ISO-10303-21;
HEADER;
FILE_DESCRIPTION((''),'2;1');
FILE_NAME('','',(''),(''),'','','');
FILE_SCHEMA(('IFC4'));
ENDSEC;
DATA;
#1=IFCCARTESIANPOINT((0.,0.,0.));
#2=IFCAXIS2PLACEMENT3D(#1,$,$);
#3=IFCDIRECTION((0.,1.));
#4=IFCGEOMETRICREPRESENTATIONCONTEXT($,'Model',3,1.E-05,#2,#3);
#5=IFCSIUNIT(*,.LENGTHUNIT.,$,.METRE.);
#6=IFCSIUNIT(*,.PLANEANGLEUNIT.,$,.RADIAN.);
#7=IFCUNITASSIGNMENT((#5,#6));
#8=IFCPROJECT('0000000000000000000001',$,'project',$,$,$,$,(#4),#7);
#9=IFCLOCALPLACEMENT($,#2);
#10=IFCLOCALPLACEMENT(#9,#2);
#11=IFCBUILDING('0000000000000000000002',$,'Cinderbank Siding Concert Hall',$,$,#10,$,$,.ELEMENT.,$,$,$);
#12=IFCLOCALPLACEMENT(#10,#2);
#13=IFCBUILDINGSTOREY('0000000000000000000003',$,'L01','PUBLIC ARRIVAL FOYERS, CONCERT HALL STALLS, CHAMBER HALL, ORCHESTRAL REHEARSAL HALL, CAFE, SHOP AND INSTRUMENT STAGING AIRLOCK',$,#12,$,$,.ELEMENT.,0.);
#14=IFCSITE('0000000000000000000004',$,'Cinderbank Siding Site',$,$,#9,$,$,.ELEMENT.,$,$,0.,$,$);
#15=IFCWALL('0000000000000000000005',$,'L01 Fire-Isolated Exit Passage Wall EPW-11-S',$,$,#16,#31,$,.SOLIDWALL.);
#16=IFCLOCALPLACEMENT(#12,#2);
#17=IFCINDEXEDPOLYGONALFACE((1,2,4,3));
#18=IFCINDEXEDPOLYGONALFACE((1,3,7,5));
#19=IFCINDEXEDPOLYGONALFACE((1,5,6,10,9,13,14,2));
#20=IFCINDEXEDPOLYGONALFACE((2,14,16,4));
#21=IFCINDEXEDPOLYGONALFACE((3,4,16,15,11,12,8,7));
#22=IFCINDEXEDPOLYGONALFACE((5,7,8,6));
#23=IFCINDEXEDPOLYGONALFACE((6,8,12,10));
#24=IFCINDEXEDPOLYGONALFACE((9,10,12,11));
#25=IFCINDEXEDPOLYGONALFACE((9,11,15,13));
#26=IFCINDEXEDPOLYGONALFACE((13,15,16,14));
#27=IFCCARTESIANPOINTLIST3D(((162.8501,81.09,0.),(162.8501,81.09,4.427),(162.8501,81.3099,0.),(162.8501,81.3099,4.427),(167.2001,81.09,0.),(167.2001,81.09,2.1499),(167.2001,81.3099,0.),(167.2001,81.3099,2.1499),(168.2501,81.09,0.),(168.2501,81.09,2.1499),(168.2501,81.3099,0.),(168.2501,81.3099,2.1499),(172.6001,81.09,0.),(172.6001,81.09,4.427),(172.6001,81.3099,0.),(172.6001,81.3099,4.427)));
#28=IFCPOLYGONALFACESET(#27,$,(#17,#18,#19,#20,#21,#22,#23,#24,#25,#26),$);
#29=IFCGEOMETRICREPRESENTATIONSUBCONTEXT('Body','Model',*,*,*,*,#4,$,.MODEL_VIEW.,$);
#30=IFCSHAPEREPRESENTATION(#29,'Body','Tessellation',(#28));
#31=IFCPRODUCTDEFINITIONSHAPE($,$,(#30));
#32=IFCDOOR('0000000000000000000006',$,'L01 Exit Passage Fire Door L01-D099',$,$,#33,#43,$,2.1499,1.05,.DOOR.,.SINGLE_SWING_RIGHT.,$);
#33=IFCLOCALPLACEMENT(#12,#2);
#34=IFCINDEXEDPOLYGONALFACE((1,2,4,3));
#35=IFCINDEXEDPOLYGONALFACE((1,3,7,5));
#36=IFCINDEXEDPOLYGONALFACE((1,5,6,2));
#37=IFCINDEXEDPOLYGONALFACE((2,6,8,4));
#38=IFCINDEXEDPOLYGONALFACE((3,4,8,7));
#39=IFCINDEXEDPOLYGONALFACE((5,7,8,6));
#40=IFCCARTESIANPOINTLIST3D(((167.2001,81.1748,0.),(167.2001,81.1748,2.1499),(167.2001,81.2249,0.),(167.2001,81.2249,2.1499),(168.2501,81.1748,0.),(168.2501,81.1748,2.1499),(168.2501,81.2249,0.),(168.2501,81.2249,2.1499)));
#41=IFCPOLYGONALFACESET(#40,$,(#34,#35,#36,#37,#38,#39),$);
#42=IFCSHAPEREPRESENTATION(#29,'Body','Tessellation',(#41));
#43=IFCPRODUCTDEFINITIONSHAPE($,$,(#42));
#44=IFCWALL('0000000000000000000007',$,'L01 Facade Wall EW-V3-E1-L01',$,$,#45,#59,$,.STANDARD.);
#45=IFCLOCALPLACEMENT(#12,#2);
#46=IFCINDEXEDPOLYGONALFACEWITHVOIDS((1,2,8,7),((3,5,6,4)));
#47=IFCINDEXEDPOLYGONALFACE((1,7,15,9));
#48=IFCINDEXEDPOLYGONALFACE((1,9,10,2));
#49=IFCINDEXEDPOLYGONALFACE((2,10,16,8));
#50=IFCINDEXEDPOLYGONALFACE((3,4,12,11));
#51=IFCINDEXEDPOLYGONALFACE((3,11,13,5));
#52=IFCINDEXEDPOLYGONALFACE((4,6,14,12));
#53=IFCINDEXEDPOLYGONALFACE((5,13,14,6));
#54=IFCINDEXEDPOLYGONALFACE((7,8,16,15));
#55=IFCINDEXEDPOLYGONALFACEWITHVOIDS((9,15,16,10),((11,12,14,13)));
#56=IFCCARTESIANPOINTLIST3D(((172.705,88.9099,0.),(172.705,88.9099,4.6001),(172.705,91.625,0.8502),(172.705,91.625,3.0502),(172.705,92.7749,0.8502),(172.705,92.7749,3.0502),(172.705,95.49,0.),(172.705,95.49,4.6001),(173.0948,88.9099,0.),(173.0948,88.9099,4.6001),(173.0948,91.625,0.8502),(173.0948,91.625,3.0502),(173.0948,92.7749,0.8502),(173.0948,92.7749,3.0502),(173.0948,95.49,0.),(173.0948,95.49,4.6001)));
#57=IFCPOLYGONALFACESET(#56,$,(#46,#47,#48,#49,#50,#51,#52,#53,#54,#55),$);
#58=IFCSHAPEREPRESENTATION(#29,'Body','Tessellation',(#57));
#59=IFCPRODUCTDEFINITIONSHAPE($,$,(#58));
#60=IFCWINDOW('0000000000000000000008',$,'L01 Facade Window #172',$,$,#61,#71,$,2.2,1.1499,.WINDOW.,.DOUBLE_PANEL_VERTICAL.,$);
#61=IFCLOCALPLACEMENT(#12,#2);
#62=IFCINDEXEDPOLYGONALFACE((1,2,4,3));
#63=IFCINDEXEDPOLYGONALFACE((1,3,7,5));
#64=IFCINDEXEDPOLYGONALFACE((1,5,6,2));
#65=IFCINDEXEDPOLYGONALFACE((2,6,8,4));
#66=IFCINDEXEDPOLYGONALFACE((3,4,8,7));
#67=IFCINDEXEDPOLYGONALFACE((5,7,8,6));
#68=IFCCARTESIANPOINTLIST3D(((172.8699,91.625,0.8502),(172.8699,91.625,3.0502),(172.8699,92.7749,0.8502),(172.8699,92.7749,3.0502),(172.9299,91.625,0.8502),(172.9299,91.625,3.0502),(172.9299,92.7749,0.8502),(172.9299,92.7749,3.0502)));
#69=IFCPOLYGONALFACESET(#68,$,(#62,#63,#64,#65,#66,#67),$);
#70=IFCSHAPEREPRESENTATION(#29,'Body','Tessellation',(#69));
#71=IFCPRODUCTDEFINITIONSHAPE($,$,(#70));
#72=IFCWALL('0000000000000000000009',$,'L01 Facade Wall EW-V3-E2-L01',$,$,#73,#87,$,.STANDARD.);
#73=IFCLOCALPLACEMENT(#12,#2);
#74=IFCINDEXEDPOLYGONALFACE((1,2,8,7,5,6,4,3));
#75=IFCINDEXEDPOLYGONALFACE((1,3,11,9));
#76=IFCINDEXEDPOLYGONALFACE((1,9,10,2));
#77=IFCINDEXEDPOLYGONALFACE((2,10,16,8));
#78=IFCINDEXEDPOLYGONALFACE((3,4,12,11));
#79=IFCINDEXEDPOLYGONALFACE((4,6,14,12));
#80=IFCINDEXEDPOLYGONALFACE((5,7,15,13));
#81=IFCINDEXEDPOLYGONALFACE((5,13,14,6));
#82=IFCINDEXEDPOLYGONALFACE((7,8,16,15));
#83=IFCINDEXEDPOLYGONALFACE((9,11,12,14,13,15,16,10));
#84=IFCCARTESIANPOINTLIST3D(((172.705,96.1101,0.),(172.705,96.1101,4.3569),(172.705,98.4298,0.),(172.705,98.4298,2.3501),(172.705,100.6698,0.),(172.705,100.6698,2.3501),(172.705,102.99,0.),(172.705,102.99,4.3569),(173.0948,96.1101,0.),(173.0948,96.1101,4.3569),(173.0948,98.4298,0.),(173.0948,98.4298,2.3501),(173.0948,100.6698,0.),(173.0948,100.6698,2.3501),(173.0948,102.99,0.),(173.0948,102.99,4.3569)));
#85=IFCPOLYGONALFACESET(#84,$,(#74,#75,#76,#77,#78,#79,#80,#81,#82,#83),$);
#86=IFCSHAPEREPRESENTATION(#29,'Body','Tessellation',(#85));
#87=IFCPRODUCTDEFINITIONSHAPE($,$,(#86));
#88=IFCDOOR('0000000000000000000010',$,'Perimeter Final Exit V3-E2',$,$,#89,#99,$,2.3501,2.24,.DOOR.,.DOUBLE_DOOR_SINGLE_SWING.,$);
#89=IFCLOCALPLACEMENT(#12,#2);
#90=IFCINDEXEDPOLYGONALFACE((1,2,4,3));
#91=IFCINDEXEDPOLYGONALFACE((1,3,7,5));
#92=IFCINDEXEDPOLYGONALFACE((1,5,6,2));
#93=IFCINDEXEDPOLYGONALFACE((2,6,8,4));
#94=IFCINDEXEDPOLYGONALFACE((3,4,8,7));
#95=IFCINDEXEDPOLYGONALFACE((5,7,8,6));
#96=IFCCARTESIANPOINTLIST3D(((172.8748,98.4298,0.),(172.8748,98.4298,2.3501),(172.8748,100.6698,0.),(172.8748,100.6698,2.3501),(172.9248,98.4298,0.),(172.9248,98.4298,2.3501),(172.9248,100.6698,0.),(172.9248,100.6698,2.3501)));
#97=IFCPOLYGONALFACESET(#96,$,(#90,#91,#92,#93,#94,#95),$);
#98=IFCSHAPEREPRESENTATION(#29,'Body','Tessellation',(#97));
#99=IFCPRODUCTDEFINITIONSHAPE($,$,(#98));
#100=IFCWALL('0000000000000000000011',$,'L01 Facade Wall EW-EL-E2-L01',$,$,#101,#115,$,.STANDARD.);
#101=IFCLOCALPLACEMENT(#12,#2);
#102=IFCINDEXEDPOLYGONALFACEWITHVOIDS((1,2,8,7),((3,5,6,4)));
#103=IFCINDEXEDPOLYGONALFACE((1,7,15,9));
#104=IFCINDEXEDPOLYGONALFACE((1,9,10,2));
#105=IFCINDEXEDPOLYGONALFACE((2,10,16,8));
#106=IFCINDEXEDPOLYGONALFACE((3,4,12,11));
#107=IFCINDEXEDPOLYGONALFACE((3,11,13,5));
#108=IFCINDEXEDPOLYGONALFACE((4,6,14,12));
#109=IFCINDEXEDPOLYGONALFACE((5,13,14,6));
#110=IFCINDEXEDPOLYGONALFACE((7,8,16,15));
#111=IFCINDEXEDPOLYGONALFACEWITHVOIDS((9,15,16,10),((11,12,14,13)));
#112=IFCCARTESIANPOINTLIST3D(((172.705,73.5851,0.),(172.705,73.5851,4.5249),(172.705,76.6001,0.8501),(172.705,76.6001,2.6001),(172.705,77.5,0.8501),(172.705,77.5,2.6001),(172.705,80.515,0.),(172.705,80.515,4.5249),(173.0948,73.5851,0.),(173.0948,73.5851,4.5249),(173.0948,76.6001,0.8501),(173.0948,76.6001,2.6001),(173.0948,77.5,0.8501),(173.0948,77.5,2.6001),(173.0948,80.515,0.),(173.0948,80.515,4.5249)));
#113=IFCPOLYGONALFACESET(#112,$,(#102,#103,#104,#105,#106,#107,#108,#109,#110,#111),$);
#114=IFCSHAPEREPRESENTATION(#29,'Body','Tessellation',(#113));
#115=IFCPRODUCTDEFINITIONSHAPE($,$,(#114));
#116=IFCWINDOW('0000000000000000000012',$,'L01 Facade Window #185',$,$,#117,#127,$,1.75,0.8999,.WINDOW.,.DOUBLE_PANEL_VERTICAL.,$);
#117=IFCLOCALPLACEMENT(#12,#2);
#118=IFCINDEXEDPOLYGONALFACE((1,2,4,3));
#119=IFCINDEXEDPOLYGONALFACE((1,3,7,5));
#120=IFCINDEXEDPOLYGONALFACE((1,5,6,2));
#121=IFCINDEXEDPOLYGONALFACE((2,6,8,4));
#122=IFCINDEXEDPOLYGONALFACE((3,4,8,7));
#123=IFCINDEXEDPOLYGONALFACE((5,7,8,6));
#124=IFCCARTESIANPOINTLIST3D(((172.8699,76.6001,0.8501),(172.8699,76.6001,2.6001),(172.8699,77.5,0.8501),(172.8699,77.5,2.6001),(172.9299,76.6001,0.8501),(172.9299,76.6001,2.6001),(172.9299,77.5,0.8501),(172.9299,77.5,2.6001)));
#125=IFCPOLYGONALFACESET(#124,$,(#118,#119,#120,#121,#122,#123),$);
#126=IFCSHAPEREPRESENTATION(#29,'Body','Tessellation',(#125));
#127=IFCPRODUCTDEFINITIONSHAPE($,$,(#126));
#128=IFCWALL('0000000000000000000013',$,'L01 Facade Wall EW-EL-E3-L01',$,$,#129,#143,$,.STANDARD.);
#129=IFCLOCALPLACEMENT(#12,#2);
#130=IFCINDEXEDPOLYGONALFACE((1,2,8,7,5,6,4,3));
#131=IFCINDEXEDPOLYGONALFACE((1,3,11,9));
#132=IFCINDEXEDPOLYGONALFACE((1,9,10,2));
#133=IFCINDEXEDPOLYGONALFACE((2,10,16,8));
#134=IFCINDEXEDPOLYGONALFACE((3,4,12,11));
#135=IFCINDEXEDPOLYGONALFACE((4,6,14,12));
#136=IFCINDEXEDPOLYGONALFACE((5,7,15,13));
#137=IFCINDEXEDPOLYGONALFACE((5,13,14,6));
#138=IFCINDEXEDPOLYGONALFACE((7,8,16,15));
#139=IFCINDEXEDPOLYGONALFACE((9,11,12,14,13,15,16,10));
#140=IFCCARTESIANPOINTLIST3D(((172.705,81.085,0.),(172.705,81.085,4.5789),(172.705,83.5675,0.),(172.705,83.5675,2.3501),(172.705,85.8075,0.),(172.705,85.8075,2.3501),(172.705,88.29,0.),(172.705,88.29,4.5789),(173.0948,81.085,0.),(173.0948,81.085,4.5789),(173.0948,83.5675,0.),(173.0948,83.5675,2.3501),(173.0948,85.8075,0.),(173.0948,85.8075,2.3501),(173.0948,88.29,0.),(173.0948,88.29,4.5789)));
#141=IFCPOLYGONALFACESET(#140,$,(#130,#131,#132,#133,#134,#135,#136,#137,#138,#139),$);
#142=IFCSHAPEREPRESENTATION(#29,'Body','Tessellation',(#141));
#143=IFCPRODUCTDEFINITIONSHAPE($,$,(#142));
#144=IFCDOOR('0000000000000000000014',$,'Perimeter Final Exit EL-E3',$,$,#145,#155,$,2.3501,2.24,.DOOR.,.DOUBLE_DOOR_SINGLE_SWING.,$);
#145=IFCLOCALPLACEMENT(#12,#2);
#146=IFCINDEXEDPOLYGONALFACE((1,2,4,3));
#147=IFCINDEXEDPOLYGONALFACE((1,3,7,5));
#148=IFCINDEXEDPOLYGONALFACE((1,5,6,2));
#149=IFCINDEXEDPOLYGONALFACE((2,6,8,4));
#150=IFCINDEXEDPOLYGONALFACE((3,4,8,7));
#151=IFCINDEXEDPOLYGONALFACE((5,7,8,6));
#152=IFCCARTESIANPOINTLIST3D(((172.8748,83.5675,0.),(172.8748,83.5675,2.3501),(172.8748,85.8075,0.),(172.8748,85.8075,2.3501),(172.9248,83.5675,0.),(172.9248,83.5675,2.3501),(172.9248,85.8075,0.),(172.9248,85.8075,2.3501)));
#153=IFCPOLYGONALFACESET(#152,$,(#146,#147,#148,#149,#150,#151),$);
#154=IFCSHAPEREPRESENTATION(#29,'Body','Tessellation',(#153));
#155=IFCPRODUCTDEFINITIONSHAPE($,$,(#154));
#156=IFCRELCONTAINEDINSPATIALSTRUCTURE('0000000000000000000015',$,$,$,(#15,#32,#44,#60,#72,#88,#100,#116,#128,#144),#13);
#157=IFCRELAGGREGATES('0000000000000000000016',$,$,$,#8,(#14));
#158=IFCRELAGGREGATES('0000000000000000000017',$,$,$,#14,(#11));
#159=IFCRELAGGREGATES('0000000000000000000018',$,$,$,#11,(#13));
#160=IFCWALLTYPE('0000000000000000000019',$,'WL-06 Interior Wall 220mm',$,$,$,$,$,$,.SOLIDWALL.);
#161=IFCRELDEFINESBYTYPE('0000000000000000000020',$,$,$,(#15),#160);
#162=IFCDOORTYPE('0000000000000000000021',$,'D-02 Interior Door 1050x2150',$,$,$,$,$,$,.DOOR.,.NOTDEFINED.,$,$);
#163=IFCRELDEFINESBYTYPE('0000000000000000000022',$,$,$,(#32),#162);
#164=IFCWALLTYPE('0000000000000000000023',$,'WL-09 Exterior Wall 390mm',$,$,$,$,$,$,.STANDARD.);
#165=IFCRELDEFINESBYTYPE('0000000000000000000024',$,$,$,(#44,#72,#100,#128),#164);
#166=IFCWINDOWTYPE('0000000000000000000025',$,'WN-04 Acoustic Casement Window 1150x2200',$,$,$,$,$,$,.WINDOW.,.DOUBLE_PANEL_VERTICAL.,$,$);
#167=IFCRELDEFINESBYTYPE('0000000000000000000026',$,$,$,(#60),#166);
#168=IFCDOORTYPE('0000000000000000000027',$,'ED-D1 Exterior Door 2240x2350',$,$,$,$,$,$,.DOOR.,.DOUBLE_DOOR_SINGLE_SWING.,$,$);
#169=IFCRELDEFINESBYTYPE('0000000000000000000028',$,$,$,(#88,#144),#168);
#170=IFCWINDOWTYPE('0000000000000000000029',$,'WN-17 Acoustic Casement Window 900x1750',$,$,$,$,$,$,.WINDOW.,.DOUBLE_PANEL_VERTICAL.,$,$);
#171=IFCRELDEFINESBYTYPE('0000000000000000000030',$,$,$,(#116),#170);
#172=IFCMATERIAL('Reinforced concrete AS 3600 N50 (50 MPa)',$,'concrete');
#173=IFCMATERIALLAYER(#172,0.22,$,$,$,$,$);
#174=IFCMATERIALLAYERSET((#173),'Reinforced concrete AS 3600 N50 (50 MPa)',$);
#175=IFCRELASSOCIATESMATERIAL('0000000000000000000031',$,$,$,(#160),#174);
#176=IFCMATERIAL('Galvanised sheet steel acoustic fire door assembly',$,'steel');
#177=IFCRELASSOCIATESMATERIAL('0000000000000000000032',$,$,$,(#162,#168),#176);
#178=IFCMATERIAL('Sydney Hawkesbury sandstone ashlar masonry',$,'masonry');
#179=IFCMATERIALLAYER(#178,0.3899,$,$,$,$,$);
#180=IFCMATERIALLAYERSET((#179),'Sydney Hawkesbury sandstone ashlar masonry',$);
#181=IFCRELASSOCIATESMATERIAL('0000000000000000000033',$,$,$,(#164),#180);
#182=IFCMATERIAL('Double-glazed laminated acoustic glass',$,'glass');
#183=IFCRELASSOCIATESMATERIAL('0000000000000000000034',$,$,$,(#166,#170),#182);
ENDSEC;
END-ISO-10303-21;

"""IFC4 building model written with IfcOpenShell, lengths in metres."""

from ifc_helpers import new_model, si_unit, direction, frame, frame_2d, origin, place, context, subcontext, project, spatial, rectangle, extrude, material, layer, layer_set, type_object, element, fill, save


model = new_model("IFC4")

# Units and contexts
model_context = context("Model", 3, precision=1e-05, world=origin(), true_north=direction((0.0, 1.0)))
body_context = subcontext(model_context, "Body", "Model", "MODEL_VIEW")
ifc_project = project(units=[si_unit("LENGTHUNIT", "METRE"), si_unit("PLANEANGLEUNIT", "RADIAN")], contexts=[model_context])

# Site, building, storey
site_placement = place(None, origin())
site = spatial("IfcSite", under=ifc_project, at=site_placement, Name="Cinderbank Siding Site", CompositionType="ELEMENT", RefElevation=0.0)
building_placement = place(site_placement, origin())
building = spatial("IfcBuilding", under=site, at=building_placement, Name="Cinderbank Siding Concert Hall", CompositionType="ELEMENT")
storey_placement = place(building_placement, origin())
storey = spatial("IfcBuildingStorey", under=building, at=storey_placement, Name="L01", Description="PUBLIC ARRIVAL FOYERS, CONCERT HALL STALLS, CHAMBER HALL, ORCHESTRAL REHEARSAL HALL, CAFE, SHOP AND INSTRUMENT STAGING AIRLOCK", CompositionType="ELEMENT", Elevation=0.0)

# Shared definitions
ifc_material_1 = material(Name="Reinforced concrete AS 3600 N50 (50 MPa)", Category="concrete")

# Shared definitions
ifc_material_2 = material(Name="Galvanised sheet steel acoustic fire door assembly", Category="steel")

# Wall, opening, door
ifc_layer_1 = layer(ifc_material_1, 0.22)
ifc_layer_set_1 = layer_set([ifc_layer_1], Name="Reinforced concrete AS 3600 N50 (50 MPa)")
wall_type_1 = type_object("IfcWallType", Name="WL-06 Interior Wall 220mm", PredefinedType="SOLIDWALL", material=ifc_layer_set_1)
wall_1_placement = place(storey_placement, frame((162.8501, 81.2, 0.0), z_axis=(0.0, 0.0, 1.0), x_axis=(1.0, 0.0, 0.0)))
wall_1 = element("IfcWall", 1, at=wall_1_placement, inside=storey, type_object=wall_type_1, Name="L01 Fire-Isolated Exit Passage Wall EPW-11-S", PredefinedType="SOLIDWALL", context=body_context, shape_type="SweptSolid", body=[
    extrude(rectangle(XDim=9.75, YDim=0.22, at=frame_2d((4.875, 0.0))), origin(), (0.0, 0.0, 1.0), 4.427),
])
opening_1_placement = place(wall_1_placement, frame((4.3501, 0.0, 0.0)))
opening_1 = element("IfcOpeningElement", 2, at=opening_1_placement, cuts=wall_1, PredefinedType="OPENING", context=body_context, shape_type="SweptSolid", body=[
    extrude(rectangle(XDim=1.05, YDim=2.1499, at=frame_2d((0.5249, 1.075))), frame((0.0, 0.1221, 0.0), z_axis=(0.0, -1.0, 0.0), x_axis=(1.0, 0.0, 0.0)), (0.0, 0.0, 1.0), 0.2439),
])
door_type_1 = type_object("IfcDoorType", Name="D-02 Interior Door 1050x2150", OperationType="NOTDEFINED", PredefinedType="DOOR", material=ifc_material_2)
door_1_placement = place(opening_1_placement, origin())
door_1 = element("IfcDoor", 3, at=door_1_placement, inside=storey, type_object=door_type_1, Name="L01 Exit Passage Fire Door L01-D099", OperationType="SINGLE_SWING_RIGHT", OverallHeight=2.1499, OverallWidth=1.05, PredefinedType="DOOR", context=body_context, shape_type="SweptSolid", body=[
    extrude(rectangle(XDim=1.05, YDim=2.1499, at=frame_2d((0.5249, 1.075))), frame((0.0, 0.0249, 0.0), z_axis=(0.0, -1.0, 0.0), x_axis=(1.0, 0.0, 0.0)), (0.0, 0.0, 1.0), 0.05),
])
fill(opening_1, door_1)

# Wall, opening, window
ifc_material_3 = material(Name="Sydney Hawkesbury sandstone ashlar masonry", Category="masonry")
ifc_layer_2 = layer(ifc_material_3, 0.3899)
ifc_layer_set_2 = layer_set([ifc_layer_2], Name="Sydney Hawkesbury sandstone ashlar masonry")
wall_type_2 = type_object("IfcWallType", Name="WL-09 Exterior Wall 390mm", PredefinedType="STANDARD", material=ifc_layer_set_2)
wall_2_placement = place(storey_placement, frame((172.8999, 95.49, 0.0), z_axis=(0.0, 0.0, 1.0), x_axis=(0.0, -1.0, 0.0)))
wall_2 = element("IfcWall", 4, at=wall_2_placement, inside=storey, type_object=wall_type_2, Name="L01 Facade Wall EW-V3-E1-L01", PredefinedType="STANDARD", context=body_context, shape_type="SweptSolid", body=[
    extrude(rectangle(XDim=6.5801, YDim=0.3899, at=frame_2d((3.29, 0.0))), origin(), (0.0, 0.0, 1.0), 4.6001),
])
opening_2_placement = place(wall_2_placement, frame((2.7151, 0.0, 0.8501)))
opening_2 = element("IfcOpeningElement", 5, at=opening_2_placement, cuts=wall_2, PredefinedType="OPENING", context=body_context, shape_type="SweptSolid", body=[
    extrude(rectangle(XDim=1.1499, YDim=2.2, at=frame_2d((0.575, 1.1001))), frame((0.0, 0.207, 0.0), z_axis=(0.0, -1.0, 0.0), x_axis=(1.0, 0.0, 0.0)), (0.0, 0.0, 1.0), 0.4138),
])
ifc_material_4 = material(Name="Double-glazed laminated acoustic glass", Category="glass")
window_type_1 = type_object("IfcWindowType", Name="WN-04 Acoustic Casement Window 1150x2200", PartitioningType="DOUBLE_PANEL_VERTICAL", PredefinedType="WINDOW", material=ifc_material_4)
window_1_placement = place(opening_2_placement, origin())
window_1 = element("IfcWindow", 6, at=window_1_placement, inside=storey, type_object=window_type_1, Name="L01 Facade Window #172", OverallHeight=2.2, OverallWidth=1.1499, PartitioningType="DOUBLE_PANEL_VERTICAL", PredefinedType="WINDOW", context=body_context, shape_type="SweptSolid", body=[
    extrude(rectangle(XDim=1.1499, YDim=2.2, at=frame_2d((0.575, 1.1001))), frame((0.0, 0.03, 0.0), z_axis=(0.0, -1.0, 0.0), x_axis=(1.0, 0.0, 0.0)), (0.0, 0.0, 1.0), 0.0601),
])
fill(opening_2, window_1)

# Wall, opening, door
wall_3_placement = place(storey_placement, frame((172.8999, 102.99, 0.0), z_axis=(0.0, 0.0, 1.0), x_axis=(0.0, -1.0, 0.0)))
wall_3 = element("IfcWall", 7, at=wall_3_placement, inside=storey, type_object=wall_type_2, Name="L01 Facade Wall EW-V3-E2-L01", PredefinedType="STANDARD", context=body_context, shape_type="SweptSolid", body=[
    extrude(rectangle(XDim=6.8799, YDim=0.3899, at=frame_2d((3.4399, 0.0))), origin(), (0.0, 0.0, 1.0), 4.3569),
])
opening_3_placement = place(wall_3_placement, frame((2.3201, 0.0, 0.0)))
opening_3 = element("IfcOpeningElement", 8, at=opening_3_placement, cuts=wall_3, PredefinedType="OPENING", context=body_context, shape_type="SweptSolid", body=[
    extrude(rectangle(XDim=2.24, YDim=2.3501, at=frame_2d((1.1201, 1.175))), frame((0.0, 0.207, 0.0), z_axis=(0.0, -1.0, 0.0), x_axis=(1.0, 0.0, 0.0)), (0.0, 0.0, 1.0), 0.4138),
])
door_type_2 = type_object("IfcDoorType", Name="ED-D1 Exterior Door 2240x2350", OperationType="DOUBLE_DOOR_SINGLE_SWING", PredefinedType="DOOR", material=ifc_material_2)
door_2_placement = place(opening_3_placement, origin())
door_2 = element("IfcDoor", 9, at=door_2_placement, inside=storey, type_object=door_type_2, Name="Perimeter Final Exit V3-E2", OperationType="DOUBLE_DOOR_SINGLE_SWING", OverallHeight=2.3501, OverallWidth=2.24, PredefinedType="DOOR", context=body_context, shape_type="SweptSolid", body=[
    extrude(rectangle(XDim=2.24, YDim=2.3501, at=frame_2d((1.1201, 1.175))), frame((0.0, 0.0249, 0.0), z_axis=(0.0, -1.0, 0.0), x_axis=(1.0, 0.0, 0.0)), (0.0, 0.0, 1.0), 0.05),
])
fill(opening_3, door_2)

# Wall, opening, window
wall_4_placement = place(storey_placement, frame((172.8999, 80.5149, 0.0), z_axis=(0.0, 0.0, 1.0), x_axis=(0.0, -1.0, 0.0)))
wall_4 = element("IfcWall", 10, at=wall_4_placement, inside=storey, type_object=wall_type_2, Name="L01 Facade Wall EW-EL-E2-L01", PredefinedType="STANDARD", context=body_context, shape_type="SweptSolid", body=[
    extrude(rectangle(XDim=6.9299, YDim=0.3899, at=frame_2d((3.4648, 0.0))), origin(), (0.0, 0.0, 1.0), 4.5249),
])
opening_4_placement = place(wall_4_placement, frame((3.0149, 0.0, 0.8501)))
opening_4 = element("IfcOpeningElement", 11, at=opening_4_placement, cuts=wall_4, PredefinedType="OPENING", context=body_context, shape_type="SweptSolid", body=[
    extrude(rectangle(XDim=0.8999, YDim=1.75, at=frame_2d((0.45, 0.875))), frame((0.0, 0.207, 0.0), z_axis=(0.0, -1.0, 0.0), x_axis=(1.0, 0.0, 0.0)), (0.0, 0.0, 1.0), 0.4138),
])
window_type_2 = type_object("IfcWindowType", Name="WN-17 Acoustic Casement Window 900x1750", PartitioningType="DOUBLE_PANEL_VERTICAL", PredefinedType="WINDOW", material=ifc_material_4)
window_2_placement = place(opening_4_placement, origin())
window_2 = element("IfcWindow", 12, at=window_2_placement, inside=storey, type_object=window_type_2, Name="L01 Facade Window #185", OverallHeight=1.75, OverallWidth=0.8999, PartitioningType="DOUBLE_PANEL_VERTICAL", PredefinedType="WINDOW", context=body_context, shape_type="SweptSolid", body=[
    extrude(rectangle(XDim=0.8999, YDim=1.75, at=frame_2d((0.45, 0.875))), frame((0.0, 0.03, 0.0), z_axis=(0.0, -1.0, 0.0), x_axis=(1.0, 0.0, 0.0)), (0.0, 0.0, 1.0), 0.0601),
])
fill(opening_4, window_2)

# Wall, opening, door
wall_5_placement = place(storey_placement, frame((172.8999, 88.29, 0.0), z_axis=(0.0, 0.0, 1.0), x_axis=(0.0, -1.0, 0.0)))
wall_5 = element("IfcWall", 13, at=wall_5_placement, inside=storey, type_object=wall_type_2, Name="L01 Facade Wall EW-EL-E3-L01", PredefinedType="STANDARD", context=body_context, shape_type="SweptSolid", body=[
    extrude(rectangle(XDim=7.2051, YDim=0.3899, at=frame_2d((3.6025, 0.0))), origin(), (0.0, 0.0, 1.0), 4.5789),
])
opening_5_placement = place(wall_5_placement, frame((2.4824, 0.0, 0.0)))
opening_5 = element("IfcOpeningElement", 14, at=opening_5_placement, cuts=wall_5, PredefinedType="OPENING", context=body_context, shape_type="SweptSolid", body=[
    extrude(rectangle(XDim=2.24, YDim=2.3501, at=frame_2d((1.1201, 1.175))), frame((0.0, 0.207, 0.0), z_axis=(0.0, -1.0, 0.0), x_axis=(1.0, 0.0, 0.0)), (0.0, 0.0, 1.0), 0.4138),
])
door_3_placement = place(opening_5_placement, origin())
door_3 = element("IfcDoor", 15, at=door_3_placement, inside=storey, type_object=door_type_2, Name="Perimeter Final Exit EL-E3", OperationType="DOUBLE_DOOR_SINGLE_SWING", OverallHeight=2.3501, OverallWidth=2.24, PredefinedType="DOOR", context=body_context, shape_type="SweptSolid", body=[
    extrude(rectangle(XDim=2.24, YDim=2.3501, at=frame_2d((1.1201, 1.175))), frame((0.0, 0.0249, 0.0), z_axis=(0.0, -1.0, 0.0), x_axis=(1.0, 0.0, 0.0)), (0.0, 0.0, 1.0), 0.05),
])
fill(opening_5, door_3)

save(model, "model.ifc")
